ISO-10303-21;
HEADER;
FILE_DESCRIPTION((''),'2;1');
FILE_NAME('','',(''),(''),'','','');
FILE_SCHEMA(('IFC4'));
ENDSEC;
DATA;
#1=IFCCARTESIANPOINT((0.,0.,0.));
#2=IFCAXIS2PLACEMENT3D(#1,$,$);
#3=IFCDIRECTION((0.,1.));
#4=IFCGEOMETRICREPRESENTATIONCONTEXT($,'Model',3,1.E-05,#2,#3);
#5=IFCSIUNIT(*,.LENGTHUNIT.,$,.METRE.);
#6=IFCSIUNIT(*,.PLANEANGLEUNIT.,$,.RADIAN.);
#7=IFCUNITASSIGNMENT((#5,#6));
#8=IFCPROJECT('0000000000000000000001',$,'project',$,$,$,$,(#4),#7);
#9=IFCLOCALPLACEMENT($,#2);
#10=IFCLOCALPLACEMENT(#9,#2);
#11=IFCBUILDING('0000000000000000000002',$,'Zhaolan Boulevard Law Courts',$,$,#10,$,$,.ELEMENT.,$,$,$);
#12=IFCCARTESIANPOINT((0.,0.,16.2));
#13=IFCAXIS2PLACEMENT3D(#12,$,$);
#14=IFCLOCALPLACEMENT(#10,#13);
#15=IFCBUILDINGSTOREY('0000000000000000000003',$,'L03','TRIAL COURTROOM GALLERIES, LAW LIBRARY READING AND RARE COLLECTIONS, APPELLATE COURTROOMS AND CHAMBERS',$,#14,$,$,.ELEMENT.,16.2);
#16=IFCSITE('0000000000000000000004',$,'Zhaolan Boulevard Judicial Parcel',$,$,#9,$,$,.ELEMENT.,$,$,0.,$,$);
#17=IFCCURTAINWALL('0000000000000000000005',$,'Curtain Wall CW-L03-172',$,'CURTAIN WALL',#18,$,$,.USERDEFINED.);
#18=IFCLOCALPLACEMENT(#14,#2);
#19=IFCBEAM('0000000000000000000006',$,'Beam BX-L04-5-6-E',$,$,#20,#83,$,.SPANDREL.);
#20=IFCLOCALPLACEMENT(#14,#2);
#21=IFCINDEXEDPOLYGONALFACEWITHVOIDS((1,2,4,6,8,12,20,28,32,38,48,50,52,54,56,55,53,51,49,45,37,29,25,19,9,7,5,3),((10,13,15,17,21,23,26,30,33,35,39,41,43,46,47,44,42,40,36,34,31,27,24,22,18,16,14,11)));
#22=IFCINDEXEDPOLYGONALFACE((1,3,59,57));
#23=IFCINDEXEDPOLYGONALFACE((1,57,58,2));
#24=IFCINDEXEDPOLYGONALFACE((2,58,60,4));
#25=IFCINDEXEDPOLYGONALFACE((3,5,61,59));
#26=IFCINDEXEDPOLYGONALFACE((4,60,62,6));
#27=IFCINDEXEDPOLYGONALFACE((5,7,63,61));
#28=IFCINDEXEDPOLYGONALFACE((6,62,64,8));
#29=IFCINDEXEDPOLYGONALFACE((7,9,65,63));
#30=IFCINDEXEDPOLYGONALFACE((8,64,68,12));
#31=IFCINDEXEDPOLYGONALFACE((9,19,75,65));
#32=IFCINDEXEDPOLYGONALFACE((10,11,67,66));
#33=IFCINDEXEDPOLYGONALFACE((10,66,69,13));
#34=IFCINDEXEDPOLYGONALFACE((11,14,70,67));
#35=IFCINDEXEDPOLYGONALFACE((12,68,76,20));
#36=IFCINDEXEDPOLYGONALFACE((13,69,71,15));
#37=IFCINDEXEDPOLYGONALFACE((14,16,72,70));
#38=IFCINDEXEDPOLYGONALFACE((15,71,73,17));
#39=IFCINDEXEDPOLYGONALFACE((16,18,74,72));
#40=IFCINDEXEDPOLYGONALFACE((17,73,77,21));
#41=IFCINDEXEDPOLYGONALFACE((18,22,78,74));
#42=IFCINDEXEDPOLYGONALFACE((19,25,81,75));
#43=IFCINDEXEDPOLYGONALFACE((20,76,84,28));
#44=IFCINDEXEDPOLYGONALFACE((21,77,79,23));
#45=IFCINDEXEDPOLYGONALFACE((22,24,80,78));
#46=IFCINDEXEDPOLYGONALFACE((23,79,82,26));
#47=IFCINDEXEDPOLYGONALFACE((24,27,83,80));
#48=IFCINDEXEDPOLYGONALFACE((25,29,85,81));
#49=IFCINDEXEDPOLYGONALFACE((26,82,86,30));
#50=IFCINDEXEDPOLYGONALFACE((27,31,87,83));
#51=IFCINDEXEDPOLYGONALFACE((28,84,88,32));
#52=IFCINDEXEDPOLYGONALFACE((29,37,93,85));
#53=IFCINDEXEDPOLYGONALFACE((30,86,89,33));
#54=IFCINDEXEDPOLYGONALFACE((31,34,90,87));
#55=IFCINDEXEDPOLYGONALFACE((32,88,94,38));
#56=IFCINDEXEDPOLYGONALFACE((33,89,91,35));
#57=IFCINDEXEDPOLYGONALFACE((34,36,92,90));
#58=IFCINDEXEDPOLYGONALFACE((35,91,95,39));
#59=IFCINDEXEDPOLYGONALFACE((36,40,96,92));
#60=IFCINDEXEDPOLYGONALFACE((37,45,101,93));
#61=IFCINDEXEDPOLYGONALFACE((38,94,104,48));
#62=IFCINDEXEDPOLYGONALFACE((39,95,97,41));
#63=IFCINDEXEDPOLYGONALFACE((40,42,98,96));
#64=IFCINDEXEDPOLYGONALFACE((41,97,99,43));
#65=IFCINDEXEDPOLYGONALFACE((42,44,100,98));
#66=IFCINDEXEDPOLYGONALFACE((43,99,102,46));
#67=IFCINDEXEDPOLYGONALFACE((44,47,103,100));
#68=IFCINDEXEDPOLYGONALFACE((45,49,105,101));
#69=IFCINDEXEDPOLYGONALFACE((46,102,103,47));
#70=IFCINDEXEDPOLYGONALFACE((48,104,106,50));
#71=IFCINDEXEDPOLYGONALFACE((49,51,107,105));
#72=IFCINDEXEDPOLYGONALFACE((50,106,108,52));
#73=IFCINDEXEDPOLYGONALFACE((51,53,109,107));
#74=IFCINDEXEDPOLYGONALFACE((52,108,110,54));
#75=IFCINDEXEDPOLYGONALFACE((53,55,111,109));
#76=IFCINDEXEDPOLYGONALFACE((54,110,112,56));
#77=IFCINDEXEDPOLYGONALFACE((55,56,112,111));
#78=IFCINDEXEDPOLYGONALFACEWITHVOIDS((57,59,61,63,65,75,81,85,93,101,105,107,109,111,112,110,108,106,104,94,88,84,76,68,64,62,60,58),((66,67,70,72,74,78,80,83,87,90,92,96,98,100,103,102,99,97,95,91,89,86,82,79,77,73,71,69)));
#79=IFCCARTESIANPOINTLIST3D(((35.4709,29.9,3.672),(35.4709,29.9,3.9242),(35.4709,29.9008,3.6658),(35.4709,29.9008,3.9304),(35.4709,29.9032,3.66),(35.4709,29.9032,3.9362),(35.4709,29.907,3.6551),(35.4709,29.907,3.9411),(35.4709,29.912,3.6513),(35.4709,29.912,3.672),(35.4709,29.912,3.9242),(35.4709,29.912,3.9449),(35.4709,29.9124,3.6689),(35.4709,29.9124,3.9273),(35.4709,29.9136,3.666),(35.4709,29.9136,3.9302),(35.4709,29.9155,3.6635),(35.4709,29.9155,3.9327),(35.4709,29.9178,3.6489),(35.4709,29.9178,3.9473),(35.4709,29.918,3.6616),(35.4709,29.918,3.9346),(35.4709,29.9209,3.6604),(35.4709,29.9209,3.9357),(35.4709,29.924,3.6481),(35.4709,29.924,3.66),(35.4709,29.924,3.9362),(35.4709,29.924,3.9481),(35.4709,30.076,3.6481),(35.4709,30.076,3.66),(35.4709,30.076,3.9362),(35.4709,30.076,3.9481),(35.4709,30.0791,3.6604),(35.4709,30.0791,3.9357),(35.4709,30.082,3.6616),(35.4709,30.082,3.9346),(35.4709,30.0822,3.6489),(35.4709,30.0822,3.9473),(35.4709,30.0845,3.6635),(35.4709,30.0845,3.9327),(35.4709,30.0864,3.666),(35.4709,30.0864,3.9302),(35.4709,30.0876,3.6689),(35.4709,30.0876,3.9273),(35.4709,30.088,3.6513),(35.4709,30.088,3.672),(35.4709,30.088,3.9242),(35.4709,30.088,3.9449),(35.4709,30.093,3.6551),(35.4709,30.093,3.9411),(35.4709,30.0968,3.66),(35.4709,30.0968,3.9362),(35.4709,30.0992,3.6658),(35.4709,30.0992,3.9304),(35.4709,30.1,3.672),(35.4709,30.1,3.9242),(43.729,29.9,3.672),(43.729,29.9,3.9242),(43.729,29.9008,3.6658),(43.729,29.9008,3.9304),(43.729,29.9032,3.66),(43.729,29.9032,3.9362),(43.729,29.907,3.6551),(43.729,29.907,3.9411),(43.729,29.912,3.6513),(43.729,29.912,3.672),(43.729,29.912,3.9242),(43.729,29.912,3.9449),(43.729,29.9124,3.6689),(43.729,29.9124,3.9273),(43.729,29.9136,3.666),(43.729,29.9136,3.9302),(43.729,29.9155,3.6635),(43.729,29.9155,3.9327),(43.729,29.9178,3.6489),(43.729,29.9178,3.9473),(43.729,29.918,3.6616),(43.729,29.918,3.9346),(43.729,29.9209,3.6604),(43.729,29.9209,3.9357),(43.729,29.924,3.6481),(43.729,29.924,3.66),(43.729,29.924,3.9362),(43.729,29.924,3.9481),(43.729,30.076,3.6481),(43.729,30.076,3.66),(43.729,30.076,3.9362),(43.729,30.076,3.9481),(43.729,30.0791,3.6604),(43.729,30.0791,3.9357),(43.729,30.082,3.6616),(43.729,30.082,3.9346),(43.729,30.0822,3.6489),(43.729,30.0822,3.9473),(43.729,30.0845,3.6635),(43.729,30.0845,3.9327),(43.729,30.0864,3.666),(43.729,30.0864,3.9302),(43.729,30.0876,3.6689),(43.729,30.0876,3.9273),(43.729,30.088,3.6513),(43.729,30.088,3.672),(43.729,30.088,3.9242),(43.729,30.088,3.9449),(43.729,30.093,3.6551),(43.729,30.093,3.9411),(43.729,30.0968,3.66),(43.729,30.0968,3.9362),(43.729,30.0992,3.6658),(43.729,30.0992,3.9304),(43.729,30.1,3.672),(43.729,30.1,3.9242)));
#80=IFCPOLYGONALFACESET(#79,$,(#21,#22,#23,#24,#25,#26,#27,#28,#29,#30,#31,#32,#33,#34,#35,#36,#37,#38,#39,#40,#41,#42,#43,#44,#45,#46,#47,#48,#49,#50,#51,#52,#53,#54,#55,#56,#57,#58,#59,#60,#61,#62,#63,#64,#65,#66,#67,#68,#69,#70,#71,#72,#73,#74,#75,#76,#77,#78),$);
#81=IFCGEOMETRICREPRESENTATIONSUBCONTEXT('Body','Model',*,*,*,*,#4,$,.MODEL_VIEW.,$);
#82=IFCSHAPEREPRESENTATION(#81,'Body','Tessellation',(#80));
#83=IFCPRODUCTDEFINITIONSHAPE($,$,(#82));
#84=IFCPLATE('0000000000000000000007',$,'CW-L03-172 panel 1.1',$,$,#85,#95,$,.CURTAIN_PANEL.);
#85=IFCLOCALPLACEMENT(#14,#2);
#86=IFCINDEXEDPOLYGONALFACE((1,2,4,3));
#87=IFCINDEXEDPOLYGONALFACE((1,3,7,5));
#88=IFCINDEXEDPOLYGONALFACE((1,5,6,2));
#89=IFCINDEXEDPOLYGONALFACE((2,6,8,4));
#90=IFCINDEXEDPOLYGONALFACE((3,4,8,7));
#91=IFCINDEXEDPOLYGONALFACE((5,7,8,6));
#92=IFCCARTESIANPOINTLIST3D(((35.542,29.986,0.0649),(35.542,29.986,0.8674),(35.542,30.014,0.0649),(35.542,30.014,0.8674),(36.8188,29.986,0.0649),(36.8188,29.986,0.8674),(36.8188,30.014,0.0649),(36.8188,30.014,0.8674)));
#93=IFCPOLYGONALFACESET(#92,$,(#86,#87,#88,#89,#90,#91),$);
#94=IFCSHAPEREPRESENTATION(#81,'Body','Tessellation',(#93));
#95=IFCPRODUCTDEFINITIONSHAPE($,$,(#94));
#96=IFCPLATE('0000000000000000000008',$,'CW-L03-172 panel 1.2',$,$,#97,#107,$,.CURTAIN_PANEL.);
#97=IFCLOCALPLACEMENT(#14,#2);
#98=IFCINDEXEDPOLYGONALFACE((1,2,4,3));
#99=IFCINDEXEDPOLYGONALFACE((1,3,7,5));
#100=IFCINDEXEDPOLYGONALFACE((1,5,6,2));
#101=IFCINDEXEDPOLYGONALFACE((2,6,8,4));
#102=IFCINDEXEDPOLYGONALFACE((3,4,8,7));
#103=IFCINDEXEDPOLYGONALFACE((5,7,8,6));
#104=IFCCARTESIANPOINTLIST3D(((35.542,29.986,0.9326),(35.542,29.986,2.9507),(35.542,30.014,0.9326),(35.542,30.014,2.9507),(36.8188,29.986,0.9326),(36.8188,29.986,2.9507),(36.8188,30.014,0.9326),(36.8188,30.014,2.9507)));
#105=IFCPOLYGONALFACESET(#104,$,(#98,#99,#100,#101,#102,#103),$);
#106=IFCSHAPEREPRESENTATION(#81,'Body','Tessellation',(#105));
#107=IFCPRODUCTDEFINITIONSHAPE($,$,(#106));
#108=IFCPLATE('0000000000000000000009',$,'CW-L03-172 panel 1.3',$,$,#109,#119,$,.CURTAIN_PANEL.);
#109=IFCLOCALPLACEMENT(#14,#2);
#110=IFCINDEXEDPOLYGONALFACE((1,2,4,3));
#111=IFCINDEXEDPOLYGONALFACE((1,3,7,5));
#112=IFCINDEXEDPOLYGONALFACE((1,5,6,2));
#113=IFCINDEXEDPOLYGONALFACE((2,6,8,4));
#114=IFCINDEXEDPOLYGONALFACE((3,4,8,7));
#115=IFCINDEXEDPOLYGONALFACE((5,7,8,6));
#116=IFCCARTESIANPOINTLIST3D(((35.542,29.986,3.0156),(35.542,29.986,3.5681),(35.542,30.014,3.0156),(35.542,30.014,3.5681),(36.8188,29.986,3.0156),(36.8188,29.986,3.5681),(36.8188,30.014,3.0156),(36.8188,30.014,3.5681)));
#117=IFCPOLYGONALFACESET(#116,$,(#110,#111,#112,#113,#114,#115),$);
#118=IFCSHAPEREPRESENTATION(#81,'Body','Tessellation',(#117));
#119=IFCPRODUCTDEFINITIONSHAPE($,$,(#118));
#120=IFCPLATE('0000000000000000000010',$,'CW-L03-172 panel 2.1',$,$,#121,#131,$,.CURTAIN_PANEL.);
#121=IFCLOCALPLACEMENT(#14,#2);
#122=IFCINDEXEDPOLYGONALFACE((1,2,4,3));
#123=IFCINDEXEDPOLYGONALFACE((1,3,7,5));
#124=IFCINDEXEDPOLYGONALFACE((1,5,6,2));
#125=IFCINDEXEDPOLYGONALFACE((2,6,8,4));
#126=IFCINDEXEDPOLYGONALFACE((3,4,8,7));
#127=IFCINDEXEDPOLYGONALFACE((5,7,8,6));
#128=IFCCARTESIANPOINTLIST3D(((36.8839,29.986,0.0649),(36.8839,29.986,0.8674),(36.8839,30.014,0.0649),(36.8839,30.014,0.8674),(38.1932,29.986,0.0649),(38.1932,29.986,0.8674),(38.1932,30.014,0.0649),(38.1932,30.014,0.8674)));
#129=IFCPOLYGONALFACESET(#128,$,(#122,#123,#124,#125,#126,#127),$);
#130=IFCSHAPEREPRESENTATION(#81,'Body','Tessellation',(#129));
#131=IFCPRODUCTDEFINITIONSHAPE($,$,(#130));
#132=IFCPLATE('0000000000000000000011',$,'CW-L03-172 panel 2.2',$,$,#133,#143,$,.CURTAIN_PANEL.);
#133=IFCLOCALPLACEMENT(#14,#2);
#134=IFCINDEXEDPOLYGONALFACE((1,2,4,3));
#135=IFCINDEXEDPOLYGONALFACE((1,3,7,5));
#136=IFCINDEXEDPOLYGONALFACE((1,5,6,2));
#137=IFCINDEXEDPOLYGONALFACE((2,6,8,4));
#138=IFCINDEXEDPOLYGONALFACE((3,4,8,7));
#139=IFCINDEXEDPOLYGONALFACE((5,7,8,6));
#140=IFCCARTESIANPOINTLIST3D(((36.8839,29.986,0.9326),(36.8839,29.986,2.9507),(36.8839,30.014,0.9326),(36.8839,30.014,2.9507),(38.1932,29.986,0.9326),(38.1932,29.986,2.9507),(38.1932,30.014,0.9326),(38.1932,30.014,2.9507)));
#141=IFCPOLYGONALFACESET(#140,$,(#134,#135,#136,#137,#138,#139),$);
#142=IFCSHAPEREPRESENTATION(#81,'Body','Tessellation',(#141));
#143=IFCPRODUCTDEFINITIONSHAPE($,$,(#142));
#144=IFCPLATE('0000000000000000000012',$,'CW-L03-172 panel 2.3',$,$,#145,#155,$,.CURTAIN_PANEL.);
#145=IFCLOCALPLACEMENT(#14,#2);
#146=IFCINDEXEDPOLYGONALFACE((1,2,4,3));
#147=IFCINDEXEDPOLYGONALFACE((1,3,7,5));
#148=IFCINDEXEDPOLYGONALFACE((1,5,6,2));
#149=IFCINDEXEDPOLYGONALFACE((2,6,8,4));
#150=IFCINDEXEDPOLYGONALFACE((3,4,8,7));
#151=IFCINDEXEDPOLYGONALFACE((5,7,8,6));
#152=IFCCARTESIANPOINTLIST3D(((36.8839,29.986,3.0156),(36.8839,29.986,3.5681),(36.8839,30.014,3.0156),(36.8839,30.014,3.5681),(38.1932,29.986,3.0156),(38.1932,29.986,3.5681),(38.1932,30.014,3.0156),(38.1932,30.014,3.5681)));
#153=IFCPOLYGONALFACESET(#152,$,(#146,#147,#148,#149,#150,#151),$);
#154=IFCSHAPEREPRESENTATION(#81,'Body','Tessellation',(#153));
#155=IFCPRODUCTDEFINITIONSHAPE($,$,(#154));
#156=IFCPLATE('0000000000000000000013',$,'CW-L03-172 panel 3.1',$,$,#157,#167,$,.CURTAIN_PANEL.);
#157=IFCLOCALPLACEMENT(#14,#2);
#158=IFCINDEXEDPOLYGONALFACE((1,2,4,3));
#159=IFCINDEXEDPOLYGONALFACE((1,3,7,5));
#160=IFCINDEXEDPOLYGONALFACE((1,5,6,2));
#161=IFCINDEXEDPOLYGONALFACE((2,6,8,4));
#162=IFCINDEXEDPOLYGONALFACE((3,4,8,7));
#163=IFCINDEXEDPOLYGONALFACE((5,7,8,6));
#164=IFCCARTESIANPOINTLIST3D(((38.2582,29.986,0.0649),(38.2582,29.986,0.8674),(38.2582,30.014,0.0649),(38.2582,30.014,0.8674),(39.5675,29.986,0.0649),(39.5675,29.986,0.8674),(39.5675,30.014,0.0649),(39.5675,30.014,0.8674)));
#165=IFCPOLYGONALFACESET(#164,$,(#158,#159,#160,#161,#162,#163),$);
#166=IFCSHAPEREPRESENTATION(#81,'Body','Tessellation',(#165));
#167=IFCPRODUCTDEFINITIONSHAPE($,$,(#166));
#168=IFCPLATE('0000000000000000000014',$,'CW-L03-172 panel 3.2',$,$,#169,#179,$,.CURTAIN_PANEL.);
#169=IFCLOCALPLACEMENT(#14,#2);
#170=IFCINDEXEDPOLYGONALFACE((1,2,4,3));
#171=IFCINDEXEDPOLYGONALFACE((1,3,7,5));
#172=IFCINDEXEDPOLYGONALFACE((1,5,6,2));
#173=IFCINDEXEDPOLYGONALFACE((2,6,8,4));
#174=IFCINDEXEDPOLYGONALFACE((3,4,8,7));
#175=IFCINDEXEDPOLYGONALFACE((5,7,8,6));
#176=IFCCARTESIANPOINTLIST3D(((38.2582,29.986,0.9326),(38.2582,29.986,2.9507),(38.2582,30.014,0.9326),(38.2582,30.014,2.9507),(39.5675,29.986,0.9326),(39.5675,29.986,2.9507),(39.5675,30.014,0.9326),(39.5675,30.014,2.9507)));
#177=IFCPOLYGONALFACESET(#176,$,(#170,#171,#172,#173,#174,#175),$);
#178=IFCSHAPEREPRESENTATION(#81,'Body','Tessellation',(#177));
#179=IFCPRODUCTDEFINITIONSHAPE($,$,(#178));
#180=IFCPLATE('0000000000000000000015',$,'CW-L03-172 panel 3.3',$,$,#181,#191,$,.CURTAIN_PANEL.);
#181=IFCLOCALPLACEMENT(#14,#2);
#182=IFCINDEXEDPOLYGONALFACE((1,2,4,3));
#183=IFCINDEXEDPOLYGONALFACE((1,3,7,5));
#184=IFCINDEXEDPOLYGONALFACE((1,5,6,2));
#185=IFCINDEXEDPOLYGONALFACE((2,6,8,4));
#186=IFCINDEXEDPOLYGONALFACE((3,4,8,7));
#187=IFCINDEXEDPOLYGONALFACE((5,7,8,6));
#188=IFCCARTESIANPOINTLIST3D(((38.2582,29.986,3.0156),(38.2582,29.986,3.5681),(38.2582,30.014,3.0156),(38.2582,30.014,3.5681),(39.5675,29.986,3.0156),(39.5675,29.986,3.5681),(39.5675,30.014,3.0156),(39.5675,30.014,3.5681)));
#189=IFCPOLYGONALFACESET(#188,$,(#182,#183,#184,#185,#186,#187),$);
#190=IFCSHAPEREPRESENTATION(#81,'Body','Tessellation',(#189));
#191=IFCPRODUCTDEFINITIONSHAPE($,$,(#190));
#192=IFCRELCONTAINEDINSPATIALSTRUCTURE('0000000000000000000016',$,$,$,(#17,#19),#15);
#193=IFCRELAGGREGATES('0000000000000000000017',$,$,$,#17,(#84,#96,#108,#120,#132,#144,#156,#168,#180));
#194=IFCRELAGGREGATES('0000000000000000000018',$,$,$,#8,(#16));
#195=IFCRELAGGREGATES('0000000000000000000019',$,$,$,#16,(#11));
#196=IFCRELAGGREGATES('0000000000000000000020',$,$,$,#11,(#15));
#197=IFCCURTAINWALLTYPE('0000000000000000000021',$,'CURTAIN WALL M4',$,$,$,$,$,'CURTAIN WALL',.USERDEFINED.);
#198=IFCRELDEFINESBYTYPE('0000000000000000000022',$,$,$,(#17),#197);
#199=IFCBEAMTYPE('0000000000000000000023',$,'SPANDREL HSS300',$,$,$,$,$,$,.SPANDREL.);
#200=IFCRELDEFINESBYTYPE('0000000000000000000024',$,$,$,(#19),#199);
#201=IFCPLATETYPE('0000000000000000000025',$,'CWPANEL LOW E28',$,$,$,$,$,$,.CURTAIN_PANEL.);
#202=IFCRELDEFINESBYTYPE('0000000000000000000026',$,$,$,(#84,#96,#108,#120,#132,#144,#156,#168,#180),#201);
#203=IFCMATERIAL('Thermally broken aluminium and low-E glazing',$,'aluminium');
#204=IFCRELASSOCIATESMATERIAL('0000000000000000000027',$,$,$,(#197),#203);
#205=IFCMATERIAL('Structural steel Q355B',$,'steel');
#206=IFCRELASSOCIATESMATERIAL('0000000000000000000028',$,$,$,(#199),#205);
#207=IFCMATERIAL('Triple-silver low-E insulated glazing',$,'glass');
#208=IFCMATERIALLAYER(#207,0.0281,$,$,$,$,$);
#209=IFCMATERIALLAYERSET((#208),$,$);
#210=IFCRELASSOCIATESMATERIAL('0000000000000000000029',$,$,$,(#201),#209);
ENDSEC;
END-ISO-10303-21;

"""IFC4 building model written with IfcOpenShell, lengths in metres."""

from ifc_helpers import new_model, si_unit, direction, frame, origin, origin_2d, place, context, subcontext, project, spatial, rectangle, hollow_rectangle, extrude, material, layer, layer_set, material_profile, profile_set, type_object, element, aggregate, save


model = new_model("IFC4")

# Units and contexts
model_context = context("Model", 3, precision=1e-05, world=origin(), true_north=direction((0.0, 1.0)))
body_context = subcontext(model_context, "Body", "Model", "MODEL_VIEW")
ifc_project = project(units=[si_unit("LENGTHUNIT", "METRE"), si_unit("PLANEANGLEUNIT", "RADIAN")], contexts=[model_context])

# Site, building, storey
site_placement = place(None, origin())
site = spatial("IfcSite", under=ifc_project, at=site_placement, Name="Zhaolan Boulevard Judicial Parcel", CompositionType="ELEMENT", RefElevation=0.0)
building_placement = place(site_placement, origin())
building = spatial("IfcBuilding", under=site, at=building_placement, Name="Zhaolan Boulevard Law Courts", CompositionType="ELEMENT")
storey_placement = place(building_placement, frame((0.0, 0.0, 16.2)))
storey = spatial("IfcBuildingStorey", under=building, at=storey_placement, Name="L03", Description="TRIAL COURTROOM GALLERIES, LAW LIBRARY READING AND RARE COLLECTIONS, APPELLATE COURTROOMS AND CHAMBERS", CompositionType="ELEMENT", Elevation=16.2)

# Curtain wall
ifc_material_1 = material(Name="Thermally broken aluminium and low-E glazing", Category="aluminium")
curtain_wall_type = type_object("IfcCurtainWallType", Name="CURTAIN WALL M4", ElementType="CURTAIN WALL", PredefinedType="USERDEFINED", material=ifc_material_1)
curtain_wall_placement = place(storey_placement, origin())
curtain_wall = element("IfcCurtainWall", 1, at=curtain_wall_placement, inside=storey, type_object=curtain_wall_type, Name="Curtain Wall CW-L03-172", ObjectType="CURTAIN WALL", PredefinedType="USERDEFINED")

# Beam
ifc_material_2 = material(Name="Structural steel Q355B", Category="steel")
ifc_material_profile_1 = material_profile(ifc_material_2, hollow_rectangle(XDim=0.2, YDim=0.3, WallThickness=0.012, InnerFilletRadius=0.012, OuterFilletRadius=0.0239, at=origin_2d()), Name="HSS300x200x12")
ifc_profile_set_1 = profile_set([ifc_material_profile_1], Name="Structural steel Q355B")
beam_type_1 = type_object("IfcBeamType", Name="SPANDREL HSS300", PredefinedType="SPANDREL", material=ifc_profile_set_1)
beam_1_placement = place(storey_placement, frame((35.4709, 30.0, 3.7981), z_axis=(1.0, 0.0, 0.0), x_axis=(0.0, 1.0, 0.0)))
element("IfcBeam", 2, at=beam_1_placement, inside=storey, type_object=beam_type_1, Name="Beam BX-L04-5-6-E", PredefinedType="SPANDREL", context=body_context, shape_type="SweptSolid", body=[
    extrude(hollow_rectangle(XDim=0.2, YDim=0.3, WallThickness=0.012, InnerFilletRadius=0.012, OuterFilletRadius=0.0239, at=origin_2d()), origin(), (0.0, 0.0, 1.0), 8.2581),
])

# Plates
ifc_material_3 = material(Name="Triple-silver low-E insulated glazing", Category="glass")
ifc_layer_1 = layer(ifc_material_3, 0.0281)
ifc_layer_set_1 = layer_set([ifc_layer_1])
plate_type_1 = type_object("IfcPlateType", Name="CWPANEL LOW E28", PredefinedType="CURTAIN_PANEL", material=ifc_layer_set_1)
plate_1_placement = place(storey_placement, frame((36.1804, 30.0, 0.0649), z_axis=(0.0, 0.0, 1.0), x_axis=(1.0, 0.0, 0.0)))
plate_1 = element("IfcPlate", 3, at=plate_1_placement, type_object=plate_type_1, Name="CW-L03-172 panel 1.1", PredefinedType="CURTAIN_PANEL", context=body_context, shape_type="SweptSolid", body=[
    extrude(rectangle(XDim=1.2769, YDim=0.0281, at=origin_2d()), origin(), (0.0, 0.0, 1.0), 0.8025),
])
plate_2_placement = place(storey_placement, frame((36.1804, 30.0, 0.9326), z_axis=(0.0, 0.0, 1.0), x_axis=(1.0, 0.0, 0.0)))
plate_2 = element("IfcPlate", 4, at=plate_2_placement, type_object=plate_type_1, Name="CW-L03-172 panel 1.2", PredefinedType="CURTAIN_PANEL", context=body_context, shape_type="SweptSolid", body=[
    extrude(rectangle(XDim=1.2769, YDim=0.0281, at=origin_2d()), origin(), (0.0, 0.0, 1.0), 2.0181),
])
plate_3_placement = place(storey_placement, frame((36.1804, 30.0, 3.0156), z_axis=(0.0, 0.0, 1.0), x_axis=(1.0, 0.0, 0.0)))
plate_3 = element("IfcPlate", 5, at=plate_3_placement, type_object=plate_type_1, Name="CW-L03-172 panel 1.3", PredefinedType="CURTAIN_PANEL", context=body_context, shape_type="SweptSolid", body=[
    extrude(rectangle(XDim=1.2769, YDim=0.0281, at=origin_2d()), origin(), (0.0, 0.0, 1.0), 0.5525),
])
plate_4_placement = place(storey_placement, frame((37.5386, 30.0, 0.0649), z_axis=(0.0, 0.0, 1.0), x_axis=(1.0, 0.0, 0.0)))
plate_4 = element("IfcPlate", 6, at=plate_4_placement, type_object=plate_type_1, Name="CW-L03-172 panel 2.1", PredefinedType="CURTAIN_PANEL", context=body_context, shape_type="SweptSolid", body=[
    extrude(rectangle(XDim=1.3093, YDim=0.0281, at=origin_2d()), origin(), (0.0, 0.0, 1.0), 0.8025),
])
plate_5_placement = place(storey_placement, frame((37.5386, 30.0, 0.9326), z_axis=(0.0, 0.0, 1.0), x_axis=(1.0, 0.0, 0.0)))
plate_5 = element("IfcPlate", 7, at=plate_5_placement, type_object=plate_type_1, Name="CW-L03-172 panel 2.2", PredefinedType="CURTAIN_PANEL", context=body_context, shape_type="SweptSolid", body=[
    extrude(rectangle(XDim=1.3093, YDim=0.0281, at=origin_2d()), origin(), (0.0, 0.0, 1.0), 2.0181),
])
plate_6_placement = place(storey_placement, frame((37.5386, 30.0, 3.0156), z_axis=(0.0, 0.0, 1.0), x_axis=(1.0, 0.0, 0.0)))
plate_6 = element("IfcPlate", 8, at=plate_6_placement, type_object=plate_type_1, Name="CW-L03-172 panel 2.3", PredefinedType="CURTAIN_PANEL", context=body_context, shape_type="SweptSolid", body=[
    extrude(rectangle(XDim=1.3093, YDim=0.0281, at=origin_2d()), origin(), (0.0, 0.0, 1.0), 0.5525),
])
plate_7_placement = place(storey_placement, frame((38.9128, 30.0, 0.0649), z_axis=(0.0, 0.0, 1.0), x_axis=(1.0, 0.0, 0.0)))
plate_7 = element("IfcPlate", 9, at=plate_7_placement, type_object=plate_type_1, Name="CW-L03-172 panel 3.1", PredefinedType="CURTAIN_PANEL", context=body_context, shape_type="SweptSolid", body=[
    extrude(rectangle(XDim=1.3093, YDim=0.0281, at=origin_2d()), origin(), (0.0, 0.0, 1.0), 0.8025),
])
plate_8_placement = place(storey_placement, frame((38.9128, 30.0, 0.9326), z_axis=(0.0, 0.0, 1.0), x_axis=(1.0, 0.0, 0.0)))
plate_8 = element("IfcPlate", 10, at=plate_8_placement, type_object=plate_type_1, Name="CW-L03-172 panel 3.2", PredefinedType="CURTAIN_PANEL", context=body_context, shape_type="SweptSolid", body=[
    extrude(rectangle(XDim=1.3093, YDim=0.0281, at=origin_2d()), origin(), (0.0, 0.0, 1.0), 2.0181),
])
plate_9_placement = place(storey_placement, frame((38.9128, 30.0, 3.0156), z_axis=(0.0, 0.0, 1.0), x_axis=(1.0, 0.0, 0.0)))
plate_9 = element("IfcPlate", 11, at=plate_9_placement, type_object=plate_type_1, Name="CW-L03-172 panel 3.3", PredefinedType="CURTAIN_PANEL", context=body_context, shape_type="SweptSolid", body=[
    extrude(rectangle(XDim=1.3093, YDim=0.0281, at=origin_2d()), origin(), (0.0, 0.0, 1.0), 0.5525),
])
aggregate(curtain_wall, [plate_1, plate_2, plate_3, plate_4, plate_5, plate_6, plate_7, plate_8, plate_9])

save(model, "model.ifc")
